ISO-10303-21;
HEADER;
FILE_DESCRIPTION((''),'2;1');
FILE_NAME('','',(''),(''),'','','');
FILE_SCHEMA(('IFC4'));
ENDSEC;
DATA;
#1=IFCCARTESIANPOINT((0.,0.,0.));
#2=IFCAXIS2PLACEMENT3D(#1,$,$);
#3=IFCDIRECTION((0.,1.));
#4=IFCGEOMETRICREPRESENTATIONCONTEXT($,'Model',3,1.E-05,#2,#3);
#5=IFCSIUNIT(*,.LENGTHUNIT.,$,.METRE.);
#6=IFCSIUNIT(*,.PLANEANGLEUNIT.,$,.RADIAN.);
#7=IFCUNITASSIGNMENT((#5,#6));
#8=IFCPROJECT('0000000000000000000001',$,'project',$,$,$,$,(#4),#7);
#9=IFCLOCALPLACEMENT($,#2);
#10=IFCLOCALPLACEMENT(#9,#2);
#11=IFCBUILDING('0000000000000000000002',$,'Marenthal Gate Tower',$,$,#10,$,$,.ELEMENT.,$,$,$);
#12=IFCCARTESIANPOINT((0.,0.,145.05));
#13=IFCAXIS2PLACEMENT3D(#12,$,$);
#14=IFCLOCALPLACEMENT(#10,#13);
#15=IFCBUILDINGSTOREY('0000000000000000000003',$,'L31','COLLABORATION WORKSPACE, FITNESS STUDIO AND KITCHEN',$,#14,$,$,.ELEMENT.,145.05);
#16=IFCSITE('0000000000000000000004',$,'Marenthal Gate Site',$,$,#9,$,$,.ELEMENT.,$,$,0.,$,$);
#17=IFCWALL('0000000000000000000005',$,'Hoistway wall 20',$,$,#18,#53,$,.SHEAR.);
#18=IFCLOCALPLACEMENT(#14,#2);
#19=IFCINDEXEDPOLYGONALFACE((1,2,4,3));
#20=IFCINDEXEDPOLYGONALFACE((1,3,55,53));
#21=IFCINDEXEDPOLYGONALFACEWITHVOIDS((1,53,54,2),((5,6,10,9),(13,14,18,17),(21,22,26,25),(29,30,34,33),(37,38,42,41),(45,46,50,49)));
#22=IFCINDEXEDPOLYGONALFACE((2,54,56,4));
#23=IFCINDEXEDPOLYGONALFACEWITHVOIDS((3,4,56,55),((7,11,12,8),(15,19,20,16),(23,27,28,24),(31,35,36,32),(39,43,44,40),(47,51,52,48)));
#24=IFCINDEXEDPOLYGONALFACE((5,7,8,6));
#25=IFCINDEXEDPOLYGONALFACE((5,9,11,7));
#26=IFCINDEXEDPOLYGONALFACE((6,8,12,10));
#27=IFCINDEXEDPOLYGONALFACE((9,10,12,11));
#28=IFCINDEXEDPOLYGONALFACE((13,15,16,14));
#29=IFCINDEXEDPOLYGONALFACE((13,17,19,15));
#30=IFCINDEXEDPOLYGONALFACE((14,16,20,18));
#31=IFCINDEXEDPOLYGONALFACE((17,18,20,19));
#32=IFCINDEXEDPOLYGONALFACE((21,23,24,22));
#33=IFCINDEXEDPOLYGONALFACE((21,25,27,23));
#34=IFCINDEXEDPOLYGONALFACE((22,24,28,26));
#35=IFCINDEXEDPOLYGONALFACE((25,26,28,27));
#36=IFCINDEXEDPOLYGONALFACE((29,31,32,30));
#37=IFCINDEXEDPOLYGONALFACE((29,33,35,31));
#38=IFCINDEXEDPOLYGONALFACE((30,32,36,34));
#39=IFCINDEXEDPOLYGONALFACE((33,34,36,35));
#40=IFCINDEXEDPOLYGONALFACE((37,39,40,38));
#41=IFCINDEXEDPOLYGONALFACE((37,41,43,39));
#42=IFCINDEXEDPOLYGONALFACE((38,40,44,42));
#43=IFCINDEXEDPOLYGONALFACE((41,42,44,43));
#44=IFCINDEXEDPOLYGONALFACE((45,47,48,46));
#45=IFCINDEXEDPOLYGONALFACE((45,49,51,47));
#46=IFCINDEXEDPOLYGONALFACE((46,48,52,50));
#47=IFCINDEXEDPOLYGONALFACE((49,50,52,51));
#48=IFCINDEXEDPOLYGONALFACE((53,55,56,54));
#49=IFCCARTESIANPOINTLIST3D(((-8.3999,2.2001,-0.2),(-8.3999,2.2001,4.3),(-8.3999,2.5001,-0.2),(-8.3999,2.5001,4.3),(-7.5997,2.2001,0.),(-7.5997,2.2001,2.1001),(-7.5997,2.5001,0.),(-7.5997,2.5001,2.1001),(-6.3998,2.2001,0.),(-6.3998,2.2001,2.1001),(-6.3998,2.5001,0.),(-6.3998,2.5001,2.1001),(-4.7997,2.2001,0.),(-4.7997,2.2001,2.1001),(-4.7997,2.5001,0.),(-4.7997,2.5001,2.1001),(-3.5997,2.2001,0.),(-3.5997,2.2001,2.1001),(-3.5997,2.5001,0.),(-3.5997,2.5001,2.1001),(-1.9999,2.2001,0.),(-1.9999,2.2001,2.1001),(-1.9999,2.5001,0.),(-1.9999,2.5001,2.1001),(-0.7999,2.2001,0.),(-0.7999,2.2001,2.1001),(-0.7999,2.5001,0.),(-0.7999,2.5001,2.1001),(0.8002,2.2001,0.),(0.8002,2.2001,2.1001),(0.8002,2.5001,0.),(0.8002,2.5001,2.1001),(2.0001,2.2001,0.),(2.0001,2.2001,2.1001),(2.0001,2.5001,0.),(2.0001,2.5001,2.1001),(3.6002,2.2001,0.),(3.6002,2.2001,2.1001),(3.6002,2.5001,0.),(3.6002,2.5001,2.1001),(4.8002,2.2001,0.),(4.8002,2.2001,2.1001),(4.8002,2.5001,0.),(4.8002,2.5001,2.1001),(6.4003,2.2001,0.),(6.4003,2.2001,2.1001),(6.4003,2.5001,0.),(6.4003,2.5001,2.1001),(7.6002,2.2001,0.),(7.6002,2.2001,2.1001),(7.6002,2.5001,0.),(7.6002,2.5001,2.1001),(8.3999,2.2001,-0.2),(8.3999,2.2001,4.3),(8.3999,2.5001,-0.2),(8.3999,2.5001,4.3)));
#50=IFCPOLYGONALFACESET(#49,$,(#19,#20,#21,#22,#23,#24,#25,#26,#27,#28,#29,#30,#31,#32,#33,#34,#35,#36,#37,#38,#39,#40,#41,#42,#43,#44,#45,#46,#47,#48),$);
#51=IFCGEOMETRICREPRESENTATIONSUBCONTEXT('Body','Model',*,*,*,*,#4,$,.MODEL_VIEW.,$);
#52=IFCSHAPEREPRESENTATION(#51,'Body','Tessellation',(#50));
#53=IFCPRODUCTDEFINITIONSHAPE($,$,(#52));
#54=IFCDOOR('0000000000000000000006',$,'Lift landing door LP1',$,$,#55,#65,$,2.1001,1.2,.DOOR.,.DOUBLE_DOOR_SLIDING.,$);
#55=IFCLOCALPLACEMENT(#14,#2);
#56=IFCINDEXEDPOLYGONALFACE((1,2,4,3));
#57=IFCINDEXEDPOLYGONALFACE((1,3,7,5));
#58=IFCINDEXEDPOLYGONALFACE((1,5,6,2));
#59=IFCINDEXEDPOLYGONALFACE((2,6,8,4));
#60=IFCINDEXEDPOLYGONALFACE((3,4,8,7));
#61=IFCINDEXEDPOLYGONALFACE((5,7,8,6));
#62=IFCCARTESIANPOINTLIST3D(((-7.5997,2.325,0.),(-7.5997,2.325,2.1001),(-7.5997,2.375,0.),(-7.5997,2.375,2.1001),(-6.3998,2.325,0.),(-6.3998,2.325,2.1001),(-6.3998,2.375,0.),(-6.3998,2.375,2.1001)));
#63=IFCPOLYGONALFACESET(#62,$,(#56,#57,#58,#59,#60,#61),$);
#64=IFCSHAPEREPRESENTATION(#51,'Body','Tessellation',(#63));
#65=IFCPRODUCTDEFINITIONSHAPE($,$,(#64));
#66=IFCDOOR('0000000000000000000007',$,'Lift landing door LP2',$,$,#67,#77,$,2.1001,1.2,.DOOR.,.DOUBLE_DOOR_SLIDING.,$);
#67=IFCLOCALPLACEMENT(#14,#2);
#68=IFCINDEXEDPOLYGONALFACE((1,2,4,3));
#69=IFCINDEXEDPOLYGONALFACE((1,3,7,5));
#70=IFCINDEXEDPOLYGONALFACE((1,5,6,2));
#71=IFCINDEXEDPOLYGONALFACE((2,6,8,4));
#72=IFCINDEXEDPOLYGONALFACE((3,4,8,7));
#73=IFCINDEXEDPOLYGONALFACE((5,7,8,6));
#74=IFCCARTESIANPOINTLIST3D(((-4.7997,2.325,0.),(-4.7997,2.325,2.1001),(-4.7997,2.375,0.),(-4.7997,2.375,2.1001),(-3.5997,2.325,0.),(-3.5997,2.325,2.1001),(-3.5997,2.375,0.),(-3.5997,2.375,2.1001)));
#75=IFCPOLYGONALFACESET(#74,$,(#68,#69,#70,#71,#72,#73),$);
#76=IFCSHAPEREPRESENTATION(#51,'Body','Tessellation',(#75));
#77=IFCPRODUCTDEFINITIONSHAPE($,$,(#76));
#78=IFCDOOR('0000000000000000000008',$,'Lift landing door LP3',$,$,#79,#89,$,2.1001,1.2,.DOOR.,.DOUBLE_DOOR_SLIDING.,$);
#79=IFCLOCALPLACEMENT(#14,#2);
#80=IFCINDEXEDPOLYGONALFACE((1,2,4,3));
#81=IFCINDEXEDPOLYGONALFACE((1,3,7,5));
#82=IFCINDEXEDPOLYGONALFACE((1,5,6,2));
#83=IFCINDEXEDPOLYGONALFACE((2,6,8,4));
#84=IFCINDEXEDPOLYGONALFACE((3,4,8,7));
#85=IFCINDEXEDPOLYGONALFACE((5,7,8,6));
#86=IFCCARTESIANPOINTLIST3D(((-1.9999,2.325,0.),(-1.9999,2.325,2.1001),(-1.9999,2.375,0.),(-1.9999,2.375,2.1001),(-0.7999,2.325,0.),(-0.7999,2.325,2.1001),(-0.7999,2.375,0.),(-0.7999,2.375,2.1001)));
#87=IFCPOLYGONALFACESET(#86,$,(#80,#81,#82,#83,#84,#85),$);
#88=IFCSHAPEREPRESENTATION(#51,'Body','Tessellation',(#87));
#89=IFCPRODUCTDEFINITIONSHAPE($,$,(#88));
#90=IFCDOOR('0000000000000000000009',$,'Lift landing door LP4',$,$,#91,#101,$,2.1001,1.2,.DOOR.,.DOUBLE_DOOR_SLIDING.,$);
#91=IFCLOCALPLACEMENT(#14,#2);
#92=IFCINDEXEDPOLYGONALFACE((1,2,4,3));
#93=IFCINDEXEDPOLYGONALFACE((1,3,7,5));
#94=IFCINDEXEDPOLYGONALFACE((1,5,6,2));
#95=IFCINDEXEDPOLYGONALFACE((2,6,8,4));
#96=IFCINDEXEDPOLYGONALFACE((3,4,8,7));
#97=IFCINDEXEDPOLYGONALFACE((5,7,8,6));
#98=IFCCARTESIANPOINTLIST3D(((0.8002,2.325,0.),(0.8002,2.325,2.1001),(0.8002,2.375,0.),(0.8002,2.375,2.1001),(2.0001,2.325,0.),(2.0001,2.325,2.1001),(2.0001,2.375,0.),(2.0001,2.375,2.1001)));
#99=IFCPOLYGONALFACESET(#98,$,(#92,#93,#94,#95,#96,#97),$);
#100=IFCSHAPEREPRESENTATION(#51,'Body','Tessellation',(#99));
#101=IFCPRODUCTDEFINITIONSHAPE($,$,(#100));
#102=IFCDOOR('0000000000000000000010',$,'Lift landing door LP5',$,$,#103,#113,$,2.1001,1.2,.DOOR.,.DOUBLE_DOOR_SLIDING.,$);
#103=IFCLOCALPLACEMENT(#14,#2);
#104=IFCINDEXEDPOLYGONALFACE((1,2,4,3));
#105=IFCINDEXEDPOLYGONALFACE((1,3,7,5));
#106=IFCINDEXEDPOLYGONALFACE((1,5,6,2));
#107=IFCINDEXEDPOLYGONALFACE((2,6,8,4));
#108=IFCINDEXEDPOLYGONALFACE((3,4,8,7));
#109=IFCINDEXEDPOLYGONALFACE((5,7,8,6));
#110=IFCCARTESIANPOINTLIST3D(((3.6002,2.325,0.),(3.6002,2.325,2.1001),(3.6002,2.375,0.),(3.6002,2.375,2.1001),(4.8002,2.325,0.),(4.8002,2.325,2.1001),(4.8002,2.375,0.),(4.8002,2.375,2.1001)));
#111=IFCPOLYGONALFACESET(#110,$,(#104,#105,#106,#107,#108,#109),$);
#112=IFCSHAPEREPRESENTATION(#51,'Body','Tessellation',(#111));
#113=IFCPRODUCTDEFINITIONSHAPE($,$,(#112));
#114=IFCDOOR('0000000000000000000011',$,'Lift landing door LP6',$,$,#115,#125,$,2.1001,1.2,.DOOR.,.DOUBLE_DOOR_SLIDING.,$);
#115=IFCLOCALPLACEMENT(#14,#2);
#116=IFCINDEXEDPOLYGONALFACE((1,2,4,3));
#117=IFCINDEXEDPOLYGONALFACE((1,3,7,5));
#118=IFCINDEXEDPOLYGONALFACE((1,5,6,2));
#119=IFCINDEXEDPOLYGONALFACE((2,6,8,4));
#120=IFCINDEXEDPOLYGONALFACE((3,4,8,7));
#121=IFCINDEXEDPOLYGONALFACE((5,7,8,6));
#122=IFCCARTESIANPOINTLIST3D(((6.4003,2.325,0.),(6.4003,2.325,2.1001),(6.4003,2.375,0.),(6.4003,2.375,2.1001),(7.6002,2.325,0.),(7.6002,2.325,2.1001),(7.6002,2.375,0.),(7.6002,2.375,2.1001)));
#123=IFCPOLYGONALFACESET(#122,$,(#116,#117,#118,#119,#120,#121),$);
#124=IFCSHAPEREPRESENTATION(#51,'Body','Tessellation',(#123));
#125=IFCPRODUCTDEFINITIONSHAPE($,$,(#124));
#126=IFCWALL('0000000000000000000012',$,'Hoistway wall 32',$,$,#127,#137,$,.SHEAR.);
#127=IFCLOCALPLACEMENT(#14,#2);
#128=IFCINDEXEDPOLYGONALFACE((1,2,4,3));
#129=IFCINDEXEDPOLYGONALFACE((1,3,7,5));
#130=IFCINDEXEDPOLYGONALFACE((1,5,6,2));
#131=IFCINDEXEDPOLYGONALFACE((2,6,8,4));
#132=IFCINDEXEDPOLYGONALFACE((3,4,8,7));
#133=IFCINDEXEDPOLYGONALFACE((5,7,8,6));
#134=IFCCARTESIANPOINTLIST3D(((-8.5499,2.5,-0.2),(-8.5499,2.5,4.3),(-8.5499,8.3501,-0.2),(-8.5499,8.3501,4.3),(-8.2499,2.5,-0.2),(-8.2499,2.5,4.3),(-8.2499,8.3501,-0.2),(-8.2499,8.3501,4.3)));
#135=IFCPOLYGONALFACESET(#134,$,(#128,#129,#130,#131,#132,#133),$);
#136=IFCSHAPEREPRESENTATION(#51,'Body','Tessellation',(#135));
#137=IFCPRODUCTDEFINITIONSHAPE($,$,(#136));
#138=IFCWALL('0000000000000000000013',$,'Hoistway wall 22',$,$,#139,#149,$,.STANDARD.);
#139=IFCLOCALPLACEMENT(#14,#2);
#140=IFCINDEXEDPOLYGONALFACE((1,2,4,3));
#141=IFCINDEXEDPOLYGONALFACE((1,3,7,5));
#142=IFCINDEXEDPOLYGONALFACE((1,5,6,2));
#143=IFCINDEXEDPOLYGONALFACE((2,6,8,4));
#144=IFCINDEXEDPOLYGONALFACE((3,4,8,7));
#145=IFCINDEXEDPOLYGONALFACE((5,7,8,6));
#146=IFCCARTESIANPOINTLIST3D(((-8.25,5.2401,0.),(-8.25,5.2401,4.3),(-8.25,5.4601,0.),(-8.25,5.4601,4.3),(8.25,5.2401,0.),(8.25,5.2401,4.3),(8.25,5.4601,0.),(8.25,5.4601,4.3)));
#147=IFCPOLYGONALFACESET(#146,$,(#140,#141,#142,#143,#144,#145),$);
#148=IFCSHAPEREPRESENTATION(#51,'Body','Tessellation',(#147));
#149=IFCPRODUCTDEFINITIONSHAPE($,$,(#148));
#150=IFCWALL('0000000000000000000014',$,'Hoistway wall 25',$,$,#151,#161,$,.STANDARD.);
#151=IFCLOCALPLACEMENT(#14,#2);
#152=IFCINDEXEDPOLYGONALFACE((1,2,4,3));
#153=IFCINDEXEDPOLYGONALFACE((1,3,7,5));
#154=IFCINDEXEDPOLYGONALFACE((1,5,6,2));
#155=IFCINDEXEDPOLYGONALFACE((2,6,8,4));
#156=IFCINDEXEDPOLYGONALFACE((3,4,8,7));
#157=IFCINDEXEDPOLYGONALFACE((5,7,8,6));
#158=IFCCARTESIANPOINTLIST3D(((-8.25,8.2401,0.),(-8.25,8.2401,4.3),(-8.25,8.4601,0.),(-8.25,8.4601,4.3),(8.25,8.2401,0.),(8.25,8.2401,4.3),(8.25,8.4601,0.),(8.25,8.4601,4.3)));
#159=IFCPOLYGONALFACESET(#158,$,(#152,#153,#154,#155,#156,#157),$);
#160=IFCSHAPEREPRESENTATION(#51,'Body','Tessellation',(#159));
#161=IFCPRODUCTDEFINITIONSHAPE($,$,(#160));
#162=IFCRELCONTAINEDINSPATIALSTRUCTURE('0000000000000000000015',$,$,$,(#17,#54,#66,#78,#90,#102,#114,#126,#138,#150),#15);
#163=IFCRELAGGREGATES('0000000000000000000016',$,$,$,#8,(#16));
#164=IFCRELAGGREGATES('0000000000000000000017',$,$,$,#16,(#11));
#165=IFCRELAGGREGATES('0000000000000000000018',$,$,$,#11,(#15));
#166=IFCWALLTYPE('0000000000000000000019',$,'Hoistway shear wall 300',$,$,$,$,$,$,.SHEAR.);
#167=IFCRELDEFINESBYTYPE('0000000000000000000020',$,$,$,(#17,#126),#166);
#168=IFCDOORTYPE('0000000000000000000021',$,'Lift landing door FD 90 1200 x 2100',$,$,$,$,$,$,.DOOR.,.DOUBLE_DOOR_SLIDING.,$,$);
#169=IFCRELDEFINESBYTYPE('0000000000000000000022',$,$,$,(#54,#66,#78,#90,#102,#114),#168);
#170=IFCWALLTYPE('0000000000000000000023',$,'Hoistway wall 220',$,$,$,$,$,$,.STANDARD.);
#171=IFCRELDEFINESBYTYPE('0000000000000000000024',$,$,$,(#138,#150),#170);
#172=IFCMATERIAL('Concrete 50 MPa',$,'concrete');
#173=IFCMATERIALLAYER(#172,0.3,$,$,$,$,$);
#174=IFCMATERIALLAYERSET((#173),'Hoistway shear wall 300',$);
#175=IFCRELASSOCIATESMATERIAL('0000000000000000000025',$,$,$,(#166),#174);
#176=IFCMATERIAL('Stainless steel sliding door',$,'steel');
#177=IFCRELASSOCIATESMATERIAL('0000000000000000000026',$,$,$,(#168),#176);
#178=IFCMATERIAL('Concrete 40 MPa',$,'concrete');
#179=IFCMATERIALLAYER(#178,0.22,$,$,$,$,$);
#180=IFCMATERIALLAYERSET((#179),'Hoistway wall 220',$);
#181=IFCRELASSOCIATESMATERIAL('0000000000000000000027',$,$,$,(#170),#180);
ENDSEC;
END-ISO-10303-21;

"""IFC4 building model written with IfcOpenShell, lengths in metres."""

from ifc_helpers import new_model, si_unit, direction, frame, frame_2d, origin, place, context, subcontext, project, spatial, rectangle, extrude, material, layer, layer_set, type_object, element, fill, save


model = new_model("IFC4")

# Units and contexts
model_context = context("Model", 3, precision=1e-05, world=origin(), true_north=direction((0.0, 1.0)))
body_context = subcontext(model_context, "Body", "Model", "MODEL_VIEW")
ifc_project = project(units=[si_unit("LENGTHUNIT", "METRE"), si_unit("PLANEANGLEUNIT", "RADIAN")], contexts=[model_context])

# Site, building, storey
site_placement = place(None, origin())
site = spatial("IfcSite", under=ifc_project, at=site_placement, Name="Marenthal Gate Site", CompositionType="ELEMENT", RefElevation=0.0)
building_placement = place(site_placement, origin())
building = spatial("IfcBuilding", under=site, at=building_placement, Name="Marenthal Gate Tower", CompositionType="ELEMENT")
storey_placement = place(building_placement, frame((0.0, 0.0, 145.05)))
storey = spatial("IfcBuildingStorey", under=building, at=storey_placement, Name="L31", Description="COLLABORATION WORKSPACE, FITNESS STUDIO AND KITCHEN", CompositionType="ELEMENT", Elevation=145.05)

# Wall, openings, doors
ifc_material_1 = material(Name="Concrete 50 MPa", Category="concrete")
ifc_layer_1 = layer(ifc_material_1, 0.3)
ifc_layer_set_1 = layer_set([ifc_layer_1], Name="Hoistway shear wall 300")
wall_type_1 = type_object("IfcWallType", Name="Hoistway shear wall 300", PredefinedType="SHEAR", material=ifc_layer_set_1)
wall_1_placement = place(storey_placement, frame((-8.3999, 2.3501, -0.2), z_axis=(0.0, 0.0, 1.0), x_axis=(1.0, 0.0, 0.0)))
wall_1 = element("IfcWall", 1, at=wall_1_placement, inside=storey, type_object=wall_type_1, Name="Hoistway wall 20", PredefinedType="SHEAR", context=body_context, shape_type="SweptSolid", body=[
    extrude(rectangle(XDim=16.7998, YDim=0.3, at=frame_2d((8.3999, 0.0))), origin(), (0.0, 0.0, 1.0), 4.5),
])
opening_1_placement = place(wall_1_placement, frame((0.8, 0.0, 0.2)))
opening_1 = element("IfcOpeningElement", 2, at=opening_1_placement, cuts=wall_1, PredefinedType="OPENING", context=body_context, shape_type="SweptSolid", body=[
    extrude(rectangle(XDim=1.2, YDim=2.1001, at=frame_2d((0.6001, 1.05))), frame((0.0, 0.1602, 0.0), z_axis=(0.0, -1.0, 0.0), x_axis=(1.0, 0.0, 0.0)), (0.0, 0.0, 1.0), 0.3201),
])
opening_2_placement = place(wall_1_placement, frame((3.6001, 0.0, 0.2)))
opening_2 = element("IfcOpeningElement", 3, at=opening_2_placement, cuts=wall_1, PredefinedType="OPENING", context=body_context, shape_type="SweptSolid", body=[
    extrude(rectangle(XDim=1.2, YDim=2.1001, at=frame_2d((0.6001, 1.05))), frame((0.0, 0.1602, 0.0), z_axis=(0.0, -1.0, 0.0), x_axis=(1.0, 0.0, 0.0)), (0.0, 0.0, 1.0), 0.3201),
])
opening_3_placement = place(wall_1_placement, frame((6.3999, 0.0, 0.2)))
opening_3 = element("IfcOpeningElement", 4, at=opening_3_placement, cuts=wall_1, PredefinedType="OPENING", context=body_context, shape_type="SweptSolid", body=[
    extrude(rectangle(XDim=1.2, YDim=2.1001, at=frame_2d((0.6001, 1.05))), frame((0.0, 0.1602, 0.0), z_axis=(0.0, -1.0, 0.0), x_axis=(1.0, 0.0, 0.0)), (0.0, 0.0, 1.0), 0.3201),
])
opening_4_placement = place(wall_1_placement, frame((9.2, 0.0, 0.2)))
opening_4 = element("IfcOpeningElement", 5, at=opening_4_placement, cuts=wall_1, PredefinedType="OPENING", context=body_context, shape_type="SweptSolid", body=[
    extrude(rectangle(XDim=1.2, YDim=2.1001, at=frame_2d((0.6001, 1.05))), frame((0.0, 0.1602, 0.0), z_axis=(0.0, -1.0, 0.0), x_axis=(1.0, 0.0, 0.0)), (0.0, 0.0, 1.0), 0.3201),
])
opening_5_placement = place(wall_1_placement, frame((12.0, 0.0, 0.2)))
opening_5 = element("IfcOpeningElement", 6, at=opening_5_placement, cuts=wall_1, PredefinedType="OPENING", context=body_context, shape_type="SweptSolid", body=[
    extrude(rectangle(XDim=1.2, YDim=2.1001, at=frame_2d((0.6001, 1.05))), frame((0.0, 0.1602, 0.0), z_axis=(0.0, -1.0, 0.0), x_axis=(1.0, 0.0, 0.0)), (0.0, 0.0, 1.0), 0.3201),
])
opening_6_placement = place(wall_1_placement, frame((14.8, 0.0, 0.2)))
opening_6 = element("IfcOpeningElement", 7, at=opening_6_placement, cuts=wall_1, PredefinedType="OPENING", context=body_context, shape_type="SweptSolid", body=[
    extrude(rectangle(XDim=1.2, YDim=2.1001, at=frame_2d((0.6001, 1.05))), frame((0.0, 0.1602, 0.0), z_axis=(0.0, -1.0, 0.0), x_axis=(1.0, 0.0, 0.0)), (0.0, 0.0, 1.0), 0.3201),
])
ifc_material_2 = material(Name="Stainless steel sliding door", Category="steel")
door_type_1 = type_object("IfcDoorType", Name="Lift landing door FD 90 1200 x 2100", OperationType="DOUBLE_DOOR_SLIDING", PredefinedType="DOOR", material=ifc_material_2)
door_1_placement = place(opening_1_placement, origin())
door_1 = element("IfcDoor", 8, at=door_1_placement, inside=storey, type_object=door_type_1, Name="Lift landing door LP1", OperationType="DOUBLE_DOOR_SLIDING", OverallHeight=2.1001, OverallWidth=1.2, PredefinedType="DOOR", context=body_context, shape_type="SweptSolid", body=[
    extrude(rectangle(XDim=1.2, YDim=2.1001, at=frame_2d((0.6001, 1.05))), frame((0.0, 0.0249, 0.0), z_axis=(0.0, -1.0, 0.0), x_axis=(1.0, 0.0, 0.0)), (0.0, 0.0, 1.0), 0.05),
])
fill(opening_1, door_1)
door_2_placement = place(opening_2_placement, origin())
door_2 = element("IfcDoor", 9, at=door_2_placement, inside=storey, type_object=door_type_1, Name="Lift landing door LP2", OperationType="DOUBLE_DOOR_SLIDING", OverallHeight=2.1001, OverallWidth=1.2, PredefinedType="DOOR", context=body_context, shape_type="SweptSolid", body=[
    extrude(rectangle(XDim=1.2, YDim=2.1001, at=frame_2d((0.6001, 1.05))), frame((0.0, 0.0249, 0.0), z_axis=(0.0, -1.0, 0.0), x_axis=(1.0, 0.0, 0.0)), (0.0, 0.0, 1.0), 0.05),
])
fill(opening_2, door_2)
door_3_placement = place(opening_3_placement, origin())
door_3 = element("IfcDoor", 10, at=door_3_placement, inside=storey, type_object=door_type_1, Name="Lift landing door LP3", OperationType="DOUBLE_DOOR_SLIDING", OverallHeight=2.1001, OverallWidth=1.2, PredefinedType="DOOR", context=body_context, shape_type="SweptSolid", body=[
    extrude(rectangle(XDim=1.2, YDim=2.1001, at=frame_2d((0.6001, 1.05))), frame((0.0, 0.0249, 0.0), z_axis=(0.0, -1.0, 0.0), x_axis=(1.0, 0.0, 0.0)), (0.0, 0.0, 1.0), 0.05),
])
fill(opening_3, door_3)
door_4_placement = place(opening_4_placement, origin())
door_4 = element("IfcDoor", 11, at=door_4_placement, inside=storey, type_object=door_type_1, Name="Lift landing door LP4", OperationType="DOUBLE_DOOR_SLIDING", OverallHeight=2.1001, OverallWidth=1.2, PredefinedType="DOOR", context=body_context, shape_type="SweptSolid", body=[
    extrude(rectangle(XDim=1.2, YDim=2.1001, at=frame_2d((0.6001, 1.05))), frame((0.0, 0.0249, 0.0), z_axis=(0.0, -1.0, 0.0), x_axis=(1.0, 0.0, 0.0)), (0.0, 0.0, 1.0), 0.05),
])
fill(opening_4, door_4)
door_5_placement = place(opening_5_placement, origin())
door_5 = element("IfcDoor", 12, at=door_5_placement, inside=storey, type_object=door_type_1, Name="Lift landing door LP5", OperationType="DOUBLE_DOOR_SLIDING", OverallHeight=2.1001, OverallWidth=1.2, PredefinedType="DOOR", context=body_context, shape_type="SweptSolid", body=[
    extrude(rectangle(XDim=1.2, YDim=2.1001, at=frame_2d((0.6001, 1.05))), frame((0.0, 0.0249, 0.0), z_axis=(0.0, -1.0, 0.0), x_axis=(1.0, 0.0, 0.0)), (0.0, 0.0, 1.0), 0.05),
])
fill(opening_5, door_5)
door_6_placement = place(opening_6_placement, origin())
door_6 = element("IfcDoor", 13, at=door_6_placement, inside=storey, type_object=door_type_1, Name="Lift landing door LP6", OperationType="DOUBLE_DOOR_SLIDING", OverallHeight=2.1001, OverallWidth=1.2, PredefinedType="DOOR", context=body_context, shape_type="SweptSolid", body=[
    extrude(rectangle(XDim=1.2, YDim=2.1001, at=frame_2d((0.6001, 1.05))), frame((0.0, 0.0249, 0.0), z_axis=(0.0, -1.0, 0.0), x_axis=(1.0, 0.0, 0.0)), (0.0, 0.0, 1.0), 0.05),
])
fill(opening_6, door_6)

# Walls
wall_2_placement = place(storey_placement, frame((-8.3999, 2.5, -0.2), z_axis=(0.0, 0.0, 1.0), x_axis=(0.0, 1.0, 0.0)))
element("IfcWall", 14, at=wall_2_placement, inside=storey, type_object=wall_type_1, Name="Hoistway wall 32", PredefinedType="SHEAR", context=body_context, shape_type="SweptSolid", body=[
    extrude(rectangle(XDim=5.8501, YDim=0.3, at=frame_2d((2.925, 0.0))), origin(), (0.0, 0.0, 1.0), 4.5),
])
ifc_material_3 = material(Name="Concrete 40 MPa", Category="concrete")
ifc_layer_2 = layer(ifc_material_3, 0.22)
ifc_layer_set_2 = layer_set([ifc_layer_2], Name="Hoistway wall 220")
wall_type_2 = type_object("IfcWallType", Name="Hoistway wall 220", PredefinedType="STANDARD", material=ifc_layer_set_2)
for number, where, z_axis, x_axis, name in (
    (15, (-8.25, 5.3501, 0.0), (0.0, 0.0, 1.0), (1.0, 0.0, 0.0), "Hoistway wall 22"),
    (16, (-8.25, 8.3501, 0.0), (0.0, 0.0, 1.0), (1.0, 0.0, 0.0), "Hoistway wall 25"),
):
    element("IfcWall", number, at=place(storey_placement, frame(where, z_axis=z_axis, x_axis=x_axis)), inside=storey, type_object=wall_type_2, Name=name, PredefinedType="STANDARD", context=body_context, shape_type="SweptSolid", body=[
        extrude(rectangle(XDim=16.5, YDim=0.22, at=frame_2d((8.25, 0.0))), origin(), (0.0, 0.0, 1.0), 4.3),
    ])

save(model, "model.ifc")
